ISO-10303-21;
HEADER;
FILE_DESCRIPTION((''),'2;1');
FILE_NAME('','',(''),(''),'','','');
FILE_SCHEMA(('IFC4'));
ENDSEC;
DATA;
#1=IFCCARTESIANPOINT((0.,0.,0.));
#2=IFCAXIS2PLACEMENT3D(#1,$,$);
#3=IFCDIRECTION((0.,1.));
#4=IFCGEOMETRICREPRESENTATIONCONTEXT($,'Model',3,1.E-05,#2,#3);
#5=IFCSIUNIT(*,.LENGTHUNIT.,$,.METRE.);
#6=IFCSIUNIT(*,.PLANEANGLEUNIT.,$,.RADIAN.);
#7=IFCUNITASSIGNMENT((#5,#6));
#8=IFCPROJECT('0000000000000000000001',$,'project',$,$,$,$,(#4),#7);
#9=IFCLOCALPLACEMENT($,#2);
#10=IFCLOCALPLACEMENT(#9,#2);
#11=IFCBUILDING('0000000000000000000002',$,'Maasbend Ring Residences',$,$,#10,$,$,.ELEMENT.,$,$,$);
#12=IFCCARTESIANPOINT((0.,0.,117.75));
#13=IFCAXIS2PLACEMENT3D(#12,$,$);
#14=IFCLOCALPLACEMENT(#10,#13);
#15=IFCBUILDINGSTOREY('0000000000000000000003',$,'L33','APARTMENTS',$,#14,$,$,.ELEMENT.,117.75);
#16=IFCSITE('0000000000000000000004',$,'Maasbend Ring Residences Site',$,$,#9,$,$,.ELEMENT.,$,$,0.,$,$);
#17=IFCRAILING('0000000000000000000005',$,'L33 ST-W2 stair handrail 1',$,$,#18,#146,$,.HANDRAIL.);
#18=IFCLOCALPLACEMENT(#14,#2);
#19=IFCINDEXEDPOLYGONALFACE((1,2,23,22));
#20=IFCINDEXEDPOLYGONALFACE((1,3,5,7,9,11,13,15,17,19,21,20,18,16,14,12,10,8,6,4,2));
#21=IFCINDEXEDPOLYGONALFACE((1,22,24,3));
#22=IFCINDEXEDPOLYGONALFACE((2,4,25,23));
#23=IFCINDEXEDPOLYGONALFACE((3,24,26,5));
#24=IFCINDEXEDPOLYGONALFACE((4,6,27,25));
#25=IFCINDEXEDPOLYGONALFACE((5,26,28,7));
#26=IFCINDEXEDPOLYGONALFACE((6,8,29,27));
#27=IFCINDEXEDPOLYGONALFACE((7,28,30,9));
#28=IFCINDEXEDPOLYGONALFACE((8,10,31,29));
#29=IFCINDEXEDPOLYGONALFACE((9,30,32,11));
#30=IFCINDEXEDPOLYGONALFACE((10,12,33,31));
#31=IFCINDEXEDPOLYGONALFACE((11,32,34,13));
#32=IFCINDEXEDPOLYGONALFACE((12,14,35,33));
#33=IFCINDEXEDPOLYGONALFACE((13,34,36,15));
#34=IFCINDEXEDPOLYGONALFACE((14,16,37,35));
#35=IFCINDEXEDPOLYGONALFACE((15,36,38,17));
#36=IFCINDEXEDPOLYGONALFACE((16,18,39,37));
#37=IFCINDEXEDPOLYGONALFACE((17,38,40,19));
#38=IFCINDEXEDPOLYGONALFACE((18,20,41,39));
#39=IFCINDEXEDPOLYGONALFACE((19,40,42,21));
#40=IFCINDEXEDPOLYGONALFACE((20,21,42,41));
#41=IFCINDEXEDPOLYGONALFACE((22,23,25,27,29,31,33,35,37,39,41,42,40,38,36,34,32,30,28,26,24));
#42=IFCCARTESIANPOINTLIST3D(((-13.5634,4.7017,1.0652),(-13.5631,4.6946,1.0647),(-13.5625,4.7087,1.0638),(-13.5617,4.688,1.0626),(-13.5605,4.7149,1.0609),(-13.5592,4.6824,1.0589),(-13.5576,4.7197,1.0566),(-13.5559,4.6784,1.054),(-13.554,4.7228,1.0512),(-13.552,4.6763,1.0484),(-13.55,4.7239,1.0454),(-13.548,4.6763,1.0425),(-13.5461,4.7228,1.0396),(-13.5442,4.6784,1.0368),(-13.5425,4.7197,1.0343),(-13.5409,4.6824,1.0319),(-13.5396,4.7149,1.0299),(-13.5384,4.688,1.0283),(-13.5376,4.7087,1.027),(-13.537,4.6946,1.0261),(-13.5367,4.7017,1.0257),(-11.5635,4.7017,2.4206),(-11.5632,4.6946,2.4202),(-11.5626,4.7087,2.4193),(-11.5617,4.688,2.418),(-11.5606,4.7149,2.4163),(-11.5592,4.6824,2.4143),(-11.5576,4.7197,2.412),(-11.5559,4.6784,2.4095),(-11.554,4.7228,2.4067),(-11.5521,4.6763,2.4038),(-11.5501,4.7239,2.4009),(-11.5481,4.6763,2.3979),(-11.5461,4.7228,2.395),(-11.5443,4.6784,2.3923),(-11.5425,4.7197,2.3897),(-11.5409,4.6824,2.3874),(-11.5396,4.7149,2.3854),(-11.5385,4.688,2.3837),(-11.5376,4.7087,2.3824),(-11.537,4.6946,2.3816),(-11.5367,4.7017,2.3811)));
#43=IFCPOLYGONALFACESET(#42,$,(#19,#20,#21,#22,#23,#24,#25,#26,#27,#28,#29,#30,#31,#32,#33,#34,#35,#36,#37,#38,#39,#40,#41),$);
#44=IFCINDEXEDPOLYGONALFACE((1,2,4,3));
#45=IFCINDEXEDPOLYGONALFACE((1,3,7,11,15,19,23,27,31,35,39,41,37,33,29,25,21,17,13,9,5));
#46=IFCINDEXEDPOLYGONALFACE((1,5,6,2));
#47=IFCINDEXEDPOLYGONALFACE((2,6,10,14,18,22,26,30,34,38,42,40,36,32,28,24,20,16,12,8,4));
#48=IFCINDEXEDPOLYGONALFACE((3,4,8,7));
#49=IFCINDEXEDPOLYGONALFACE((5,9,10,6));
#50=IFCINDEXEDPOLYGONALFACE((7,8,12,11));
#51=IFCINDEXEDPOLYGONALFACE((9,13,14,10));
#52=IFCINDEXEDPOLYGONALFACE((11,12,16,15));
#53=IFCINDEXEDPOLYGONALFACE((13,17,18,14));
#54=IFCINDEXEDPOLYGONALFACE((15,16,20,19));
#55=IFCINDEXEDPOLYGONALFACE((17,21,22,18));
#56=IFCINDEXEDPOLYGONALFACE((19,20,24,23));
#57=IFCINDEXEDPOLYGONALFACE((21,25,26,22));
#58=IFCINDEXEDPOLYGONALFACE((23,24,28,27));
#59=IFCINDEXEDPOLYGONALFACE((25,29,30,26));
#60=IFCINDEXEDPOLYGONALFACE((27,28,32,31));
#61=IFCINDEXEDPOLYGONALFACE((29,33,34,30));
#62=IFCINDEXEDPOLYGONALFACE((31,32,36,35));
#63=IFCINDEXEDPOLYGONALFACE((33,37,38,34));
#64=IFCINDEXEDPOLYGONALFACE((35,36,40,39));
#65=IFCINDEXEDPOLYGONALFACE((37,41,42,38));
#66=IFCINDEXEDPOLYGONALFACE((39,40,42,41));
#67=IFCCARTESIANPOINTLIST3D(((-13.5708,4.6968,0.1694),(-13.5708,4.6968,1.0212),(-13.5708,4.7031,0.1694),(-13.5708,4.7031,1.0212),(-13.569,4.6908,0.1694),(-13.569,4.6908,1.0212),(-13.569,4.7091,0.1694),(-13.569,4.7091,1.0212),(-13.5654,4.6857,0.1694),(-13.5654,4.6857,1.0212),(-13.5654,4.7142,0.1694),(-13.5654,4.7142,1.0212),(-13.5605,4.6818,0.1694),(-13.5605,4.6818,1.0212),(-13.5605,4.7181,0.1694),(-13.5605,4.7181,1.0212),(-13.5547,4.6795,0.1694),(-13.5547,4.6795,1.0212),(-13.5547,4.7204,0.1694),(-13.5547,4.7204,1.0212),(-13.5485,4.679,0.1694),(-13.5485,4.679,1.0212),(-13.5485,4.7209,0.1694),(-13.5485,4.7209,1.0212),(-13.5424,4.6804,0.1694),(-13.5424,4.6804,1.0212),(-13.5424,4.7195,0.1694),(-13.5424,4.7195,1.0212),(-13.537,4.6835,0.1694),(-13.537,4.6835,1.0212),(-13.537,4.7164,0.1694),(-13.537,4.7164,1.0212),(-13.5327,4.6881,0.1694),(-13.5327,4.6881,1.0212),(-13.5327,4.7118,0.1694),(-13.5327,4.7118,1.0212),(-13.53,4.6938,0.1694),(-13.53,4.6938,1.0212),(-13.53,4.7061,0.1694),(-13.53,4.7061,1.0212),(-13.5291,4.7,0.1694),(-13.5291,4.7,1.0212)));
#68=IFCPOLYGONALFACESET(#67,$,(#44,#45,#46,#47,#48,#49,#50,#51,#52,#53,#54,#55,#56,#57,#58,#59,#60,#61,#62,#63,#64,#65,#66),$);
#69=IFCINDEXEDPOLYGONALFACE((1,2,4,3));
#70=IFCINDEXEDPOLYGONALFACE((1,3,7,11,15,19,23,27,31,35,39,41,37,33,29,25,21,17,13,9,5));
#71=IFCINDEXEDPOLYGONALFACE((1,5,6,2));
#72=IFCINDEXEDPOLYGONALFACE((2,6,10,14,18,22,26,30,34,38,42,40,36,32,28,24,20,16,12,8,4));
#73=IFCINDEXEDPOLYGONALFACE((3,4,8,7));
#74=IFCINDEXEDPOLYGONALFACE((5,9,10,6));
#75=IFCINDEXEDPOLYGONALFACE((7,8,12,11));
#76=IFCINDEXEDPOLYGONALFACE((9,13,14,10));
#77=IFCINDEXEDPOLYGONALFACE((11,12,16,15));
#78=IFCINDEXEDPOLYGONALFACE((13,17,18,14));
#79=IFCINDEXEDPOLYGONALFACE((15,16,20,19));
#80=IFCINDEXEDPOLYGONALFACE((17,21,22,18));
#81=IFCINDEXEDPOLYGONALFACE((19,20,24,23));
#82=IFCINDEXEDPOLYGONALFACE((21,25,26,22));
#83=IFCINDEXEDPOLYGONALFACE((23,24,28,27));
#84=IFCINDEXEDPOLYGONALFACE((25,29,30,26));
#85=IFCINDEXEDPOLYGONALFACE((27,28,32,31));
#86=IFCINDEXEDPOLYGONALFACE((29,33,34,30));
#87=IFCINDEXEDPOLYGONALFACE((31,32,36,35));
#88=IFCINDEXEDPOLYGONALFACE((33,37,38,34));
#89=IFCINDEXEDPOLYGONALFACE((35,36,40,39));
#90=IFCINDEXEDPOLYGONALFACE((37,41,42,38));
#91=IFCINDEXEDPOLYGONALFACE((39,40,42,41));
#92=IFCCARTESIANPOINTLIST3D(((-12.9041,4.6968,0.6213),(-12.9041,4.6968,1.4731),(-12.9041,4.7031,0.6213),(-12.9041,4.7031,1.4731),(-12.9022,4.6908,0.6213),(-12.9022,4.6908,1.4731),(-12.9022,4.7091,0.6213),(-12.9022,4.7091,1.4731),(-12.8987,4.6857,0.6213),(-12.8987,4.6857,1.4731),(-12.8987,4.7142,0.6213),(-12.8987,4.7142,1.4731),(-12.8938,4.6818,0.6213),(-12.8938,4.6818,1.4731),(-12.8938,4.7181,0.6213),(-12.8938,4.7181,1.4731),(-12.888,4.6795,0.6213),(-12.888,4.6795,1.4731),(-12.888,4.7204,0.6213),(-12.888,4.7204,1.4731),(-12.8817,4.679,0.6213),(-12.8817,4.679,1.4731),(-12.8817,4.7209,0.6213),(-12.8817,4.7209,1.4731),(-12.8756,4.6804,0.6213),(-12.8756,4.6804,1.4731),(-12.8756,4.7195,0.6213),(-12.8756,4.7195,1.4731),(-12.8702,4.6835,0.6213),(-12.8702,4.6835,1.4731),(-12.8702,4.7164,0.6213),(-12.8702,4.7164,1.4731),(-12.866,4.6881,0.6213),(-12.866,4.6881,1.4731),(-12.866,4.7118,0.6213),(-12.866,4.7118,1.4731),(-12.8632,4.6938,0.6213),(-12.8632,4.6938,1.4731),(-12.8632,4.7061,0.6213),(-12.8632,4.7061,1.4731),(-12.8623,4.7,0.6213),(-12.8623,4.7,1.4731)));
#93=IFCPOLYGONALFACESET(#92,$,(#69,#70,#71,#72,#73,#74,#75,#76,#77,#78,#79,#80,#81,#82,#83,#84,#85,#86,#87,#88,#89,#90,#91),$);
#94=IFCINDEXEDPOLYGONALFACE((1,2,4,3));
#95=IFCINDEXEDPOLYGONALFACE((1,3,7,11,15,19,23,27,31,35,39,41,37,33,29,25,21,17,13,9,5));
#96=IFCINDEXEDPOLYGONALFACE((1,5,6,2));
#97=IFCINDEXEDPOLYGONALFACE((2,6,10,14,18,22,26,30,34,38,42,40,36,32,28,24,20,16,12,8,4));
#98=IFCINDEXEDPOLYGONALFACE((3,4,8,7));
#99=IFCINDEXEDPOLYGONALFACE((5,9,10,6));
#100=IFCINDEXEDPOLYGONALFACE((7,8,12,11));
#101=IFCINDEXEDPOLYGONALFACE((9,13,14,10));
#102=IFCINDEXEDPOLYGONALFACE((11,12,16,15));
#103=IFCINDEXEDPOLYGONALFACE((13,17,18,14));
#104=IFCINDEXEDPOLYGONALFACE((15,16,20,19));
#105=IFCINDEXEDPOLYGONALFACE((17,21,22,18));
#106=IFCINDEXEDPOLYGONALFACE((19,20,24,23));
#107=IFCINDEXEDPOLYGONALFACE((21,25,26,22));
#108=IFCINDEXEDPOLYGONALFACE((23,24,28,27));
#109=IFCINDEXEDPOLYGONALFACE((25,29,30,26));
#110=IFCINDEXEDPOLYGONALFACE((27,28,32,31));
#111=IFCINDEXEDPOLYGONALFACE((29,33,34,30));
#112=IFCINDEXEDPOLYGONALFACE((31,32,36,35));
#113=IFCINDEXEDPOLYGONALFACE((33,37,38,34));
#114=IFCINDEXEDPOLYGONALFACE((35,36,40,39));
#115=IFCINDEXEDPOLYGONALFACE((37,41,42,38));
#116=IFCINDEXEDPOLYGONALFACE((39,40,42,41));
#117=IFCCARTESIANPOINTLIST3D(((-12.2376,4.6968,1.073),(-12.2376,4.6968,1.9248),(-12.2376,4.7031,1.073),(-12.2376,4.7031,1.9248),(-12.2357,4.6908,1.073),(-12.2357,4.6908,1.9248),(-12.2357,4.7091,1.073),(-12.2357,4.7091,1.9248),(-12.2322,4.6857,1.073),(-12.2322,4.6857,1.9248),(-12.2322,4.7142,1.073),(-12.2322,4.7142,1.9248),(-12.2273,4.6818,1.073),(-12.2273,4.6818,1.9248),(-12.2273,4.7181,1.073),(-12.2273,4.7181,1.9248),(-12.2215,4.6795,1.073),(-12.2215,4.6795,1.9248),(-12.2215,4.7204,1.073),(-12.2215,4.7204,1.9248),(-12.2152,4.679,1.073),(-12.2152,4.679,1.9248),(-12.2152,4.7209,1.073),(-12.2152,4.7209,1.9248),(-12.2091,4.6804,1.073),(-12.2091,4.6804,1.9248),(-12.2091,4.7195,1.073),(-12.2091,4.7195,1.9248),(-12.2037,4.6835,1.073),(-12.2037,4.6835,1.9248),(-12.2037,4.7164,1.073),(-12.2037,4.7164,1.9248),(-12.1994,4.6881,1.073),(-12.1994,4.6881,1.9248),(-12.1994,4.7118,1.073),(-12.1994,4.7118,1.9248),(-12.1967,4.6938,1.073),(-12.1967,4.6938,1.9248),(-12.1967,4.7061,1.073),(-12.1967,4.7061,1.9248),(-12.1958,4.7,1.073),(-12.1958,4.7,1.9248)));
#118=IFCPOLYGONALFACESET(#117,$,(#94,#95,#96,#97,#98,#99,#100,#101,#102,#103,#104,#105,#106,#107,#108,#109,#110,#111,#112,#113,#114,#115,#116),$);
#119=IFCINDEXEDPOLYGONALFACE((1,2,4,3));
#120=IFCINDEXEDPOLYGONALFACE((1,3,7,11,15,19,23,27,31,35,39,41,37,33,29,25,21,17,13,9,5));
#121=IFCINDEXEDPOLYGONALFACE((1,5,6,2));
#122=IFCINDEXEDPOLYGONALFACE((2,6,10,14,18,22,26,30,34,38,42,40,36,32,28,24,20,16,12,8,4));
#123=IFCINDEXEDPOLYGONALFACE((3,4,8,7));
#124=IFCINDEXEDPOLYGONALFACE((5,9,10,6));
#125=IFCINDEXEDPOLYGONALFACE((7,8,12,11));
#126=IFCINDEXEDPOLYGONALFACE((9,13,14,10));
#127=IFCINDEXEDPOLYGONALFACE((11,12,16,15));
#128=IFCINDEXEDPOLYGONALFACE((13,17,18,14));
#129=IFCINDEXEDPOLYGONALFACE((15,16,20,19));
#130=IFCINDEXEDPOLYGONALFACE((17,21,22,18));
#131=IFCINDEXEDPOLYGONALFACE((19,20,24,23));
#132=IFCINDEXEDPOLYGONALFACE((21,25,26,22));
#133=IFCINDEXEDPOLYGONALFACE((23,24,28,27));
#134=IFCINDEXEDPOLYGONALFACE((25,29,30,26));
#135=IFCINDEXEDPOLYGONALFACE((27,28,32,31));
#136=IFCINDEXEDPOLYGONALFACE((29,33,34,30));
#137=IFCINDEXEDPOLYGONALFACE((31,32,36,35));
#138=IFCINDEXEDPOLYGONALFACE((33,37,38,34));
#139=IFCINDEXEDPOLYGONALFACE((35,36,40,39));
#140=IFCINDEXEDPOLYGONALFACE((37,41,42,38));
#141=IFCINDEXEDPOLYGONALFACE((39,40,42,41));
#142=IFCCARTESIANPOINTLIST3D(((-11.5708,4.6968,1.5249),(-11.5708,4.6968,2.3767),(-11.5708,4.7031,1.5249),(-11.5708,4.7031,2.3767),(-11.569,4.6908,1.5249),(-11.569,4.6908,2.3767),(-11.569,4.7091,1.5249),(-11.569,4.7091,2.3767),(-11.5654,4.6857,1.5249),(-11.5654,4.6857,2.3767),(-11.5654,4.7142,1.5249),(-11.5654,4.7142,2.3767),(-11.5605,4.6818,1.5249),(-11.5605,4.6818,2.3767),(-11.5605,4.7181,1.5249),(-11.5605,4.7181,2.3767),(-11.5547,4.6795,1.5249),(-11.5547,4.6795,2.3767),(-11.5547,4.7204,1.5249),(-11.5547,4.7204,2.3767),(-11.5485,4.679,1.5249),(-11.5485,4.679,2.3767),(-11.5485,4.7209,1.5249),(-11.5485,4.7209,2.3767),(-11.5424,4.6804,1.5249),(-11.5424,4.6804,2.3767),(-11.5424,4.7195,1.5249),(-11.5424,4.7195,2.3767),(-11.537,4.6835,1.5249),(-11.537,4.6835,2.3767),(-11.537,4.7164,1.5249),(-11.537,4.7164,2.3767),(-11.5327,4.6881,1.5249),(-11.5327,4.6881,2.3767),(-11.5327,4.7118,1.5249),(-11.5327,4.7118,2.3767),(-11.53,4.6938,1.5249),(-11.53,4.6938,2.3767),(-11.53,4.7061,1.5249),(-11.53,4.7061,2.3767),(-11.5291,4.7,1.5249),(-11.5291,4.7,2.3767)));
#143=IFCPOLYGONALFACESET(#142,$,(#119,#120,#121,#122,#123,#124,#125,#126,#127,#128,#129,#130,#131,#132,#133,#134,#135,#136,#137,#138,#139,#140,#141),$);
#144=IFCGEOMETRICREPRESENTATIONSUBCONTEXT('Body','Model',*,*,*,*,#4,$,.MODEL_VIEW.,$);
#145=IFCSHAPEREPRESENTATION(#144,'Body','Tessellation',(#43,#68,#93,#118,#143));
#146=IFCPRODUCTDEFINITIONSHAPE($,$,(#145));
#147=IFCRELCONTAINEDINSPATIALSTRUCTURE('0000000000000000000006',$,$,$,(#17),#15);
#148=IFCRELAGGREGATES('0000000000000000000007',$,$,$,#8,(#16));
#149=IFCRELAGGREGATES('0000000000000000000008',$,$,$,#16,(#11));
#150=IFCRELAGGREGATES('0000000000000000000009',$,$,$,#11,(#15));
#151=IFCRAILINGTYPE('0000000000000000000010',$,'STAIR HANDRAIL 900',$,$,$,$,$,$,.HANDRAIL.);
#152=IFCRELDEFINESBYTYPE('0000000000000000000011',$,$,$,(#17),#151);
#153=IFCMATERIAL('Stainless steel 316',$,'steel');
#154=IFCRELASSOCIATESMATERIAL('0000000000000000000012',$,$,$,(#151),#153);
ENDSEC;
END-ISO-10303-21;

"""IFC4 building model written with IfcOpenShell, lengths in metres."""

from ifc_helpers import new_model, si_unit, direction, frame, origin, origin_2d, place, context, subcontext, project, spatial, circle, extrude, material, type_object, element, save


model = new_model("IFC4")

# Units and contexts
model_context = context("Model", 3, precision=1e-05, world=origin(), true_north=direction((0.0, 1.0)))
body_context = subcontext(model_context, "Body", "Model", "MODEL_VIEW")
ifc_project = project(units=[si_unit("LENGTHUNIT", "METRE"), si_unit("PLANEANGLEUNIT", "RADIAN")], contexts=[model_context])

# Site, building, storey
site_placement = place(None, origin())
site = spatial("IfcSite", under=ifc_project, at=site_placement, Name="Maasbend Ring Residences Site", CompositionType="ELEMENT", RefElevation=0.0)
building_placement = place(site_placement, origin())
building = spatial("IfcBuilding", under=site, at=building_placement, Name="Maasbend Ring Residences", CompositionType="ELEMENT")
storey_placement = place(building_placement, frame((0.0, 0.0, 117.75)))
storey = spatial("IfcBuildingStorey", under=building, at=storey_placement, Name="L33", Description="APARTMENTS", CompositionType="ELEMENT", Elevation=117.75)

# Railing
ifc_material_1 = material(Name="Stainless steel 316", Category="steel")
railing_type_1 = type_object("IfcRailingType", Name="STAIR HANDRAIL 900", PredefinedType="HANDRAIL", material=ifc_material_1)
railing_1_placement = place(storey_placement, frame((-13.55, 4.7, 0.1694)))
element("IfcRailing", 1, at=railing_1_placement, inside=storey, type_object=railing_type_1, Name="L33 ST-W2 stair handrail 1", PredefinedType="HANDRAIL", context=body_context, shape_type="SweptSolid", body=[
    extrude(circle(Radius=0.0239, at=origin_2d()), frame((0.0, 0.0, 0.876), z_axis=(0.827798, 0.0, 0.561027), x_axis=(0.0, 1.0, 0.0)), (0.0, 0.0, 1.0), 2.416),
    extrude(circle(Radius=0.021, at=origin_2d()), origin(), (0.0, 0.0, 1.0), 0.8518),
    extrude(circle(Radius=0.021, at=origin_2d()), frame((0.6667, 0.0, 0.4519)), (0.0, 0.0, 1.0), 0.8518),
    extrude(circle(Radius=0.021, at=origin_2d()), frame((1.3333, 0.0, 0.9036)), (0.0, 0.0, 1.0), 0.8518),
    extrude(circle(Radius=0.021, at=origin_2d()), frame((2.0, 0.0, 1.3555)), (0.0, 0.0, 1.0), 0.8518),
])

save(model, "model.ifc")
